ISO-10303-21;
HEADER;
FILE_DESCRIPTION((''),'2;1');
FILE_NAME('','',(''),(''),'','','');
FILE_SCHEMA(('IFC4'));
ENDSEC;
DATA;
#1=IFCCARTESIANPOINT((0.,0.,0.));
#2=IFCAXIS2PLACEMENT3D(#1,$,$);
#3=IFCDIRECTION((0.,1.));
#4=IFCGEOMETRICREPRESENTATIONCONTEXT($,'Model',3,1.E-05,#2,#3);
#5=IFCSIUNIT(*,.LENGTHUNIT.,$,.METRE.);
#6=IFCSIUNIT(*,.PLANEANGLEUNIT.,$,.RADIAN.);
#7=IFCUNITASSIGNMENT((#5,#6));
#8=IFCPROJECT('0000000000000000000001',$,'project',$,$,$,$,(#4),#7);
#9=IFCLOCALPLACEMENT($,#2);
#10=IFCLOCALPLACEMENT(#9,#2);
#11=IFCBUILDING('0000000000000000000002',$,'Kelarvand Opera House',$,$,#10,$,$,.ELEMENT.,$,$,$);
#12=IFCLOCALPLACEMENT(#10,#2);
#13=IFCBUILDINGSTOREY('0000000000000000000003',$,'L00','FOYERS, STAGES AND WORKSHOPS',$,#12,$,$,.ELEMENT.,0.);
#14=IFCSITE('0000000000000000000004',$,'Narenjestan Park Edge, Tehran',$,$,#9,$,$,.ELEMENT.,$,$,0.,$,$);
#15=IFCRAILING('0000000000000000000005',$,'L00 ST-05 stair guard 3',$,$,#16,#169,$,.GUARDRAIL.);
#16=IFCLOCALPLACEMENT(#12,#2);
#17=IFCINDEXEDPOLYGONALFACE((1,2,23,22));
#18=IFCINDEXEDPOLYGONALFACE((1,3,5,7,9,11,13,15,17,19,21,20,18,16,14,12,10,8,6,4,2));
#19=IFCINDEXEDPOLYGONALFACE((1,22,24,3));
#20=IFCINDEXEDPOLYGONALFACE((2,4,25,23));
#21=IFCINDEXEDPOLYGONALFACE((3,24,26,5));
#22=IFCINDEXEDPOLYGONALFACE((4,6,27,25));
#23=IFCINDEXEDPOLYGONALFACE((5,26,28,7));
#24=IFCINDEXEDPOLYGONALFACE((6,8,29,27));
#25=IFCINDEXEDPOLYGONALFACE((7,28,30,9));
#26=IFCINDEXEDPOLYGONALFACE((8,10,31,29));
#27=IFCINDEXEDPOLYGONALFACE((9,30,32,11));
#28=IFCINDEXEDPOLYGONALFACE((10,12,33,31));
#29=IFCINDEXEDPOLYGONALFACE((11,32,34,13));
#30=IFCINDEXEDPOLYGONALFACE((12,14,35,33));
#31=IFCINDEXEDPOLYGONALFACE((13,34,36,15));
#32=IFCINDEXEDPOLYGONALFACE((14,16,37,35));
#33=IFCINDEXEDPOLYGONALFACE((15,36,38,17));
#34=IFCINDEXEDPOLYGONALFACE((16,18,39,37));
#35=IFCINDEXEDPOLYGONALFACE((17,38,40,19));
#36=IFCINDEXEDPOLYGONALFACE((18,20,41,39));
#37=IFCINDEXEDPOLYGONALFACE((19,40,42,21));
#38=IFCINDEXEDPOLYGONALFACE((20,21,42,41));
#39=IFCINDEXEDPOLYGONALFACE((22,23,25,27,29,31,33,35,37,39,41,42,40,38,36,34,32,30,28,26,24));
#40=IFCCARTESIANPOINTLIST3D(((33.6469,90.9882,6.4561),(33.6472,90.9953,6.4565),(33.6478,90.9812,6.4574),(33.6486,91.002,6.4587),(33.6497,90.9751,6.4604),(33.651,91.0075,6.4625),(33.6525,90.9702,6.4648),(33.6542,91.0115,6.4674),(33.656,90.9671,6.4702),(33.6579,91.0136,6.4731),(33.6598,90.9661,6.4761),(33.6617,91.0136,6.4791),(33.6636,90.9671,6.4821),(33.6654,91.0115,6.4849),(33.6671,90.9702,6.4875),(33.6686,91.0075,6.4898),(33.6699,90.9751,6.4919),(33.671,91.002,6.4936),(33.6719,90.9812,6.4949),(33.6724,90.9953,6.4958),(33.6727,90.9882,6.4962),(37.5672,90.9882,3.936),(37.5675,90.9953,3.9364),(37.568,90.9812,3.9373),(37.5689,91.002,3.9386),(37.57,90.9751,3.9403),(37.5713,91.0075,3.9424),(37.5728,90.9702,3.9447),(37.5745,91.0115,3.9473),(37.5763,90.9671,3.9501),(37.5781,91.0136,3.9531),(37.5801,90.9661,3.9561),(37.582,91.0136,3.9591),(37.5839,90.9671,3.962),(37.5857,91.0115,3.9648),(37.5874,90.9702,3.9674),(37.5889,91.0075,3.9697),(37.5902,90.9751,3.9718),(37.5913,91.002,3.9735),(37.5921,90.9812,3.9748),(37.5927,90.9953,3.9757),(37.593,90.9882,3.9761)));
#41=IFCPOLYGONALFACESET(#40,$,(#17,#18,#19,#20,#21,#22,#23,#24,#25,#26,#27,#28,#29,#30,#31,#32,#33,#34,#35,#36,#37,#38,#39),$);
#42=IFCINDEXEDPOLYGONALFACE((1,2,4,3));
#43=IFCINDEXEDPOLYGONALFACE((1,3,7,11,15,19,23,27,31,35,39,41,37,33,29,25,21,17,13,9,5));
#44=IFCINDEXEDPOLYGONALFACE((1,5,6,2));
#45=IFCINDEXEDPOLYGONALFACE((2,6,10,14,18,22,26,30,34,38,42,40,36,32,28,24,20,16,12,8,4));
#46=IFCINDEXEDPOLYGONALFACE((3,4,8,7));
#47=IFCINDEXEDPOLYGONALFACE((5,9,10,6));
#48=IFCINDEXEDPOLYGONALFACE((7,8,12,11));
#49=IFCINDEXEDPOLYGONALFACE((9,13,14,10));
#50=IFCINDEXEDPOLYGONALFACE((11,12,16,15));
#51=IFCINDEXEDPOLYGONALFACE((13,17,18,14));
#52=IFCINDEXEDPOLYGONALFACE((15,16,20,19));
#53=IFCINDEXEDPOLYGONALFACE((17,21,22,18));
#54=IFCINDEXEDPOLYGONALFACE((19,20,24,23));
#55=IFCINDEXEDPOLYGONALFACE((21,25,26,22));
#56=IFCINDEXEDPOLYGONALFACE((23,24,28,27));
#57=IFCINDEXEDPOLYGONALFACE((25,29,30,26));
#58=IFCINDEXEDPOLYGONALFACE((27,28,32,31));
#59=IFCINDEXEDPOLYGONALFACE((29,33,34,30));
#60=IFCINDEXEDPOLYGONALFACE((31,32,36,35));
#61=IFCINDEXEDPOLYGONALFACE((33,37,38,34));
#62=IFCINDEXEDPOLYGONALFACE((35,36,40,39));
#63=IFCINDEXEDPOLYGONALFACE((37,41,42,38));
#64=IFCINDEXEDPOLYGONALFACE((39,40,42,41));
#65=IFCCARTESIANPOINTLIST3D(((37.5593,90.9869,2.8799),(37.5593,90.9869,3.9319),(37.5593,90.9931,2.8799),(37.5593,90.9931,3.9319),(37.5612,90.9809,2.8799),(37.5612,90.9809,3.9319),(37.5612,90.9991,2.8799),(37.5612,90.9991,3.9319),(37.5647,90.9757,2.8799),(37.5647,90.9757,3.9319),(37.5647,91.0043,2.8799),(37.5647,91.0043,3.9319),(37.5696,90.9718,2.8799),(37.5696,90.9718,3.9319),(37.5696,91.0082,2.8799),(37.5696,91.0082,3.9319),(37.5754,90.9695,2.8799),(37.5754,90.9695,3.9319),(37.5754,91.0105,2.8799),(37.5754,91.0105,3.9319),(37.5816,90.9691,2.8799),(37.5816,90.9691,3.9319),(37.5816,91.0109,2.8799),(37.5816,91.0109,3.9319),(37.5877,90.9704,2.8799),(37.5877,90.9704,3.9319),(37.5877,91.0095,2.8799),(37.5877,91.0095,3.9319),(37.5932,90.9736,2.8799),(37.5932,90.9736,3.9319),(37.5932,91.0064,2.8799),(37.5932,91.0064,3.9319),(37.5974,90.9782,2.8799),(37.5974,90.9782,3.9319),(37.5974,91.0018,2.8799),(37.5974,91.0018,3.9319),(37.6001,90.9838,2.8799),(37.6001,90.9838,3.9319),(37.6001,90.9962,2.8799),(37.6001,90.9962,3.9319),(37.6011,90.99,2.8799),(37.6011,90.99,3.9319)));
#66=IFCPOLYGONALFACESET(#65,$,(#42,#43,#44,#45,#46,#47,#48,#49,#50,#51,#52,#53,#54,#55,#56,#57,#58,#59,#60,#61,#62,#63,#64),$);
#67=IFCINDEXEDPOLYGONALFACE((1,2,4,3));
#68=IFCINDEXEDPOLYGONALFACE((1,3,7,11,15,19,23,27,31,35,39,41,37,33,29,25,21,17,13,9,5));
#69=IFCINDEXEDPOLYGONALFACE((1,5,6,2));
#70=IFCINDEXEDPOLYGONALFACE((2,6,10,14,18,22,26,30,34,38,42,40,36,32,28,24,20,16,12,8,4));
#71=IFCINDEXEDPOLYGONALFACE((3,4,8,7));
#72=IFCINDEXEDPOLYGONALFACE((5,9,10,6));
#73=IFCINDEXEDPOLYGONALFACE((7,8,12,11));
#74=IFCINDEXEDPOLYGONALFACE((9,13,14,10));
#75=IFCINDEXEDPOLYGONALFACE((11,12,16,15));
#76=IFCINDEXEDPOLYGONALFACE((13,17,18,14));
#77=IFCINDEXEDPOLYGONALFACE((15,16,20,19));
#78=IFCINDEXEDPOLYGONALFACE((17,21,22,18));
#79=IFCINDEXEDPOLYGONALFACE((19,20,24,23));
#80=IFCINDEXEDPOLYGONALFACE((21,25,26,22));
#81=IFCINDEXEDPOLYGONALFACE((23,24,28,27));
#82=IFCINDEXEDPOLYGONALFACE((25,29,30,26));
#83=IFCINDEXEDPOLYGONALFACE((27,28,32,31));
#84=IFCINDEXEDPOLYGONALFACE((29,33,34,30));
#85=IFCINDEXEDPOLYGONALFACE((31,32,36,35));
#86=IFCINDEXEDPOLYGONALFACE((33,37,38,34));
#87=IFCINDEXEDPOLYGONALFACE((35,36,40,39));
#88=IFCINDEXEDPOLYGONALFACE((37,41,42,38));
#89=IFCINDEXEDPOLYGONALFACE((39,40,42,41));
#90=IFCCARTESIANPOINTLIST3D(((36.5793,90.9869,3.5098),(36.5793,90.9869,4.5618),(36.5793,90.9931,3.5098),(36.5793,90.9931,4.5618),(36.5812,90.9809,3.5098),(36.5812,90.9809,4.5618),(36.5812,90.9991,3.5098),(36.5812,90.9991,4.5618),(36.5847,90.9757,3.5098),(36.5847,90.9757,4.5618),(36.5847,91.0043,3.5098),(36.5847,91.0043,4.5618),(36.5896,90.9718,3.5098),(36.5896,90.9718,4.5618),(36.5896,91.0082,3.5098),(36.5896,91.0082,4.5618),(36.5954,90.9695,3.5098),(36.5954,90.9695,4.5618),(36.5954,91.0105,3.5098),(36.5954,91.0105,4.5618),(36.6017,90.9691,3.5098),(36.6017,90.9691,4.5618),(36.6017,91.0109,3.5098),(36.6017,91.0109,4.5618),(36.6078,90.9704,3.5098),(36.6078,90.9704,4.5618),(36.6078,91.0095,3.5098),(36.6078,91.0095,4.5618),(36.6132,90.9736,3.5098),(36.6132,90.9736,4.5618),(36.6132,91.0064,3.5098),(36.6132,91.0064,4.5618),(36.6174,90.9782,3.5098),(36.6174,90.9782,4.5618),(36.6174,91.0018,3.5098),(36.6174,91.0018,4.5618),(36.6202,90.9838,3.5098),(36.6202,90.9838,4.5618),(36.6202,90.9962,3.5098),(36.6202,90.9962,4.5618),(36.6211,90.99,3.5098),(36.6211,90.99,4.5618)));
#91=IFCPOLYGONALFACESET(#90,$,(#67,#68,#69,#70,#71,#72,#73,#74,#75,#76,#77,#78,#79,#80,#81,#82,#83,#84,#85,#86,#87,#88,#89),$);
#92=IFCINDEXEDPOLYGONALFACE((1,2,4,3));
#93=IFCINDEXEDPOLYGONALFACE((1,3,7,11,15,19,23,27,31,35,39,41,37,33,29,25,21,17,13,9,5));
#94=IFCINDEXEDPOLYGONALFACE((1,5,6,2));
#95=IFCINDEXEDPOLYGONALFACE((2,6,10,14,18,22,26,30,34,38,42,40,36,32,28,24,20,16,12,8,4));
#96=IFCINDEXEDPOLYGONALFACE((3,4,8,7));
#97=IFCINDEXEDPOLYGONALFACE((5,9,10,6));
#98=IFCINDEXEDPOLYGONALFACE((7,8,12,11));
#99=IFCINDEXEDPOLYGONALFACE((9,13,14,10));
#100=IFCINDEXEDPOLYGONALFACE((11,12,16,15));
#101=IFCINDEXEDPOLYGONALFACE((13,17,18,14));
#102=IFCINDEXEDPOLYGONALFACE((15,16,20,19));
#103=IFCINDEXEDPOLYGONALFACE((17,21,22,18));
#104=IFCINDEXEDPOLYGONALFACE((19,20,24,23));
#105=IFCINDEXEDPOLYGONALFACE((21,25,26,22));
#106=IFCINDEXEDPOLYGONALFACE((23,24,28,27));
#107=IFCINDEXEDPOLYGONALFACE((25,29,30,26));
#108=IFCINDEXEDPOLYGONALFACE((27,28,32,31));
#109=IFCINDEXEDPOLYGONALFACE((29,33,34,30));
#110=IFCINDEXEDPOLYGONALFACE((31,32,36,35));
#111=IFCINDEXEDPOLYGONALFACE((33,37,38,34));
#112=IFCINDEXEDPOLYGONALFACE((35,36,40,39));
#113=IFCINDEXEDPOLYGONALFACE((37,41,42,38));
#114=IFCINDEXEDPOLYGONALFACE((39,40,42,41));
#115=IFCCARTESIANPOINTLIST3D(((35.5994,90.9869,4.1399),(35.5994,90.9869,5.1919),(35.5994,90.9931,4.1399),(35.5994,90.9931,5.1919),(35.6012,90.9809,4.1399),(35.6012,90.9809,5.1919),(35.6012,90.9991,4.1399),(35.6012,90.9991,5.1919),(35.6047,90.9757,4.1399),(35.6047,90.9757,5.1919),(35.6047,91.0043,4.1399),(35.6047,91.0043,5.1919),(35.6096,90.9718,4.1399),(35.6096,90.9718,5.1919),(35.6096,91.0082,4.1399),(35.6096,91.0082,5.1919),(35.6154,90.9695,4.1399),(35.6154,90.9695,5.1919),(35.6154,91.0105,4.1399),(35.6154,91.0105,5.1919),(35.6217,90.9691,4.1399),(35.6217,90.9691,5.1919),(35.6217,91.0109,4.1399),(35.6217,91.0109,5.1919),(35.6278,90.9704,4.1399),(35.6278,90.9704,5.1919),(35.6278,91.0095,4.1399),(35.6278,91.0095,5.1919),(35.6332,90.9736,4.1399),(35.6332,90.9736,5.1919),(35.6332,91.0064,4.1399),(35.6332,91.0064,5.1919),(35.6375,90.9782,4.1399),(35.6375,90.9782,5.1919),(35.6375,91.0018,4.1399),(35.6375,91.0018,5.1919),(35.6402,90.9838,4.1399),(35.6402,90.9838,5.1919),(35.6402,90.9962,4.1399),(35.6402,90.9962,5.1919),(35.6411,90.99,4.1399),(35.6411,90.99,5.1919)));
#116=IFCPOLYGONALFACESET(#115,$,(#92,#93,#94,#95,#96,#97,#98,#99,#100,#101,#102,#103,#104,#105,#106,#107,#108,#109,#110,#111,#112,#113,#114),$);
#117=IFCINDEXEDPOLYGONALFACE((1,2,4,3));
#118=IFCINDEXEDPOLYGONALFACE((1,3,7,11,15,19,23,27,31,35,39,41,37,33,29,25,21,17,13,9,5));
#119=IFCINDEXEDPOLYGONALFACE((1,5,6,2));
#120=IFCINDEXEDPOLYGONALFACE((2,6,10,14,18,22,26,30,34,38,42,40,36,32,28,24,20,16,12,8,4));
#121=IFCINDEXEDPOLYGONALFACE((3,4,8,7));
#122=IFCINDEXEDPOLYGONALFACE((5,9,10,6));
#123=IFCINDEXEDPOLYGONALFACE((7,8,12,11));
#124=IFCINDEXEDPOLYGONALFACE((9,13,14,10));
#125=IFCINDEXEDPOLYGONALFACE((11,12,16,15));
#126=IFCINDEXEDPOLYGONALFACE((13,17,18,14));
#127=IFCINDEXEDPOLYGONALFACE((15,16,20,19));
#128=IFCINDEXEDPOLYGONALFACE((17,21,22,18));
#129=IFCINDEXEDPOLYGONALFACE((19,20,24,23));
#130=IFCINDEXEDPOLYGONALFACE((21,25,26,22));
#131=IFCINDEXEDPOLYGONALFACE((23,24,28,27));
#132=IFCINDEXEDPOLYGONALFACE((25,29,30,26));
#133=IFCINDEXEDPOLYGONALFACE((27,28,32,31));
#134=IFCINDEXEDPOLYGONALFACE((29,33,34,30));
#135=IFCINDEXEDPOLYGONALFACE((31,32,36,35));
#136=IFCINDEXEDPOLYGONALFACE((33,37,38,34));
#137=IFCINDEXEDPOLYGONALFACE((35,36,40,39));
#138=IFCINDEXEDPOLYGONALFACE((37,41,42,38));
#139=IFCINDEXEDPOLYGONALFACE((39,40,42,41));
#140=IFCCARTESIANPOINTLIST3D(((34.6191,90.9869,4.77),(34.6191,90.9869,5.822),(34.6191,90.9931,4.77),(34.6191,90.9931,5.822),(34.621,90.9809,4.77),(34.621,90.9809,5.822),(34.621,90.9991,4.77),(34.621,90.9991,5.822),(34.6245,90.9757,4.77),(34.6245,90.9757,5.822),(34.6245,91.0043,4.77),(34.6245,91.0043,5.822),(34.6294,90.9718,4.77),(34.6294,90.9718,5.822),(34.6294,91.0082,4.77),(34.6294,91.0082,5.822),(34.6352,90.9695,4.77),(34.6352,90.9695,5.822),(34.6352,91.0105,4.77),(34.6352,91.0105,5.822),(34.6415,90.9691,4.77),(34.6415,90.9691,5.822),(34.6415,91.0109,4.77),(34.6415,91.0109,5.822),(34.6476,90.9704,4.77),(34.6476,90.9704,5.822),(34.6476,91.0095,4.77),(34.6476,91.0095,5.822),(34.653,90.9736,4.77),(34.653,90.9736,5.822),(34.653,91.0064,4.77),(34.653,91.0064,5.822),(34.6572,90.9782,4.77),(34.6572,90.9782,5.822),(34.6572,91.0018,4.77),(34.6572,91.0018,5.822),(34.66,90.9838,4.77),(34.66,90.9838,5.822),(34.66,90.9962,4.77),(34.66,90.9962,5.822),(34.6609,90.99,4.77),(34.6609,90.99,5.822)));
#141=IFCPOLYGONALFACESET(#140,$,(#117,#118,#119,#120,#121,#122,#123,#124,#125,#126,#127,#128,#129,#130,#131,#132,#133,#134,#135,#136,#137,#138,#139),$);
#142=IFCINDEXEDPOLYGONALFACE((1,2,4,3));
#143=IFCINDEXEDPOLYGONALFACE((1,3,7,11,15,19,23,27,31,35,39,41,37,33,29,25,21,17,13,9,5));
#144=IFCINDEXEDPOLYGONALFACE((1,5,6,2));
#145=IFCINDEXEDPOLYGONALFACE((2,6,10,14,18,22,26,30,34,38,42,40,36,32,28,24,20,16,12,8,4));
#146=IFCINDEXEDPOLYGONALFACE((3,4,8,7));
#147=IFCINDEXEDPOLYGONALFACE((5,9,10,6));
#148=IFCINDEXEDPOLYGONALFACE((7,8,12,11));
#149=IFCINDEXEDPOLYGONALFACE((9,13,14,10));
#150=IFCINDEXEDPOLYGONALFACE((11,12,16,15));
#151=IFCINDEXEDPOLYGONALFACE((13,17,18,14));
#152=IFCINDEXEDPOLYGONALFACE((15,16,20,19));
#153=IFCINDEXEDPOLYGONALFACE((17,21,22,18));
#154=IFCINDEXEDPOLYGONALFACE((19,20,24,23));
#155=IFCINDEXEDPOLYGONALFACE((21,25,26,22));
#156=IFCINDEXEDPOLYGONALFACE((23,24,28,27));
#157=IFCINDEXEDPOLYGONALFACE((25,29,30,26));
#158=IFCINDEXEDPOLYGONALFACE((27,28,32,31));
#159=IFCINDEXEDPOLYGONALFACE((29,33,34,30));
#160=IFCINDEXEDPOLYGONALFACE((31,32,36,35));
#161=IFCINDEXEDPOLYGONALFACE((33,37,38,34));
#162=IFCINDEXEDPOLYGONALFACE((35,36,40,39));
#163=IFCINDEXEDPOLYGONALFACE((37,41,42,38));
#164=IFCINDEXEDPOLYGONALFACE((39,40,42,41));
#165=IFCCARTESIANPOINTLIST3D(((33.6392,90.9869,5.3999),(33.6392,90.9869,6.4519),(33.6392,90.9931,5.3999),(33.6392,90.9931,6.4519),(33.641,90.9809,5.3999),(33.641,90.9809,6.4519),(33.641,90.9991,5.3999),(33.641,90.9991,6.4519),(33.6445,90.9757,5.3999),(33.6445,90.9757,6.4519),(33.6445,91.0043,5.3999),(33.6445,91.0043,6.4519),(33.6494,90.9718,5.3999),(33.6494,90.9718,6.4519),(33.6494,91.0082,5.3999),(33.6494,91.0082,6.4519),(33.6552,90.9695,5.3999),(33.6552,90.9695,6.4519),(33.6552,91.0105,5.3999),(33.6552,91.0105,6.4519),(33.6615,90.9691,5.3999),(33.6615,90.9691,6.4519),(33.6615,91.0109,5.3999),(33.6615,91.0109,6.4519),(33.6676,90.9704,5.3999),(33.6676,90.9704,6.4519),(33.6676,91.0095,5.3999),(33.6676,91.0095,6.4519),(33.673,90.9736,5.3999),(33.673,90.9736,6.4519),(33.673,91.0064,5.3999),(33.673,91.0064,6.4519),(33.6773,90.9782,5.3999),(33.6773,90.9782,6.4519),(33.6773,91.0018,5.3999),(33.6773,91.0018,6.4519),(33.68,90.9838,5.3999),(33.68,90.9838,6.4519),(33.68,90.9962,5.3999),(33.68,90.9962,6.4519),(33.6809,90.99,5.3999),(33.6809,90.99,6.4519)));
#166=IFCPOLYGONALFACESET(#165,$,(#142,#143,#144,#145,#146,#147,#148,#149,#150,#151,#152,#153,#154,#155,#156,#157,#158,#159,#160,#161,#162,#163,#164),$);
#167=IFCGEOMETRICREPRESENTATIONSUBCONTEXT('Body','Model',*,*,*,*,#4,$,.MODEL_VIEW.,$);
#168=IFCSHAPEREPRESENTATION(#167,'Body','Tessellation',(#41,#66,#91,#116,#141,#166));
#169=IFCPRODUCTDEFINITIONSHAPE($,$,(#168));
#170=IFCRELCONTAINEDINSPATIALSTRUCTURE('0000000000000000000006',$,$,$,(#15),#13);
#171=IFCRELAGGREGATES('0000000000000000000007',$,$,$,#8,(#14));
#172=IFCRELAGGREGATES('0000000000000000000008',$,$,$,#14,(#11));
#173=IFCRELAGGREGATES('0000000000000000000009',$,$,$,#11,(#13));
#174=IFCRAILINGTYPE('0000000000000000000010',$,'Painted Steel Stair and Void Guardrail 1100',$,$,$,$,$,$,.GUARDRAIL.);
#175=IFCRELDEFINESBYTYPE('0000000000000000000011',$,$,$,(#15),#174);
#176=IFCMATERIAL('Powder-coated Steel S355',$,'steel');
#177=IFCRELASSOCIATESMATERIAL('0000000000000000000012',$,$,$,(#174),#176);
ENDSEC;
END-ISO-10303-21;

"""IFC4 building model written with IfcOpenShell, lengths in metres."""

from ifc_helpers import new_model, si_unit, direction, frame, origin, origin_2d, place, context, subcontext, project, spatial, circle, extrude, material, type_object, element, save


model = new_model("IFC4")

# Units and contexts
model_context = context("Model", 3, precision=1e-05, world=origin(), true_north=direction((0.0, 1.0)))
body_context = subcontext(model_context, "Body", "Model", "MODEL_VIEW")
ifc_project = project(units=[si_unit("LENGTHUNIT", "METRE"), si_unit("PLANEANGLEUNIT", "RADIAN")], contexts=[model_context])

# Site, building, storey
site_placement = place(None, origin())
site = spatial("IfcSite", under=ifc_project, at=site_placement, Name="Narenjestan Park Edge, Tehran", CompositionType="ELEMENT", RefElevation=0.0)
building_placement = place(site_placement, origin())
building = spatial("IfcBuilding", under=site, at=building_placement, Name="Kelarvand Opera House", CompositionType="ELEMENT")
storey_placement = place(building_placement, origin())
storey = spatial("IfcBuildingStorey", under=building, at=storey_placement, Name="L00", Description="FOYERS, STAGES AND WORKSHOPS", CompositionType="ELEMENT", Elevation=0.0)

# Railing
ifc_material_1 = material(Name="Powder-coated Steel S355", Category="steel")
railing_type_1 = type_object("IfcRailingType", Name="Painted Steel Stair and Void Guardrail 1100", PredefinedType="GUARDRAIL", material=ifc_material_1)
railing_1_placement = place(storey_placement, frame((37.5801, 90.99, 2.8799)))
element("IfcRailing", 1, at=railing_1_placement, inside=storey, type_object=railing_type_1, Name="L00 ST-05 stair guard 3", PredefinedType="GUARDRAIL", context=body_context, shape_type="SweptSolid", body=[
    extrude(circle(Radius=0.0239, at=origin_2d()), frame((0.0, 0.0, 1.0762), z_axis=(-0.841187, 0.0, 0.540744), x_axis=(0.0, -1.0, 0.0)), (0.0, 0.0, 1.0), 4.6604),
    extrude(circle(Radius=0.021, at=origin_2d()), origin(), (0.0, 0.0, 1.0), 1.052),
    extrude(circle(Radius=0.021, at=origin_2d()), frame((-0.98, 0.0, 0.6299)), (0.0, 0.0, 1.0), 1.052),
    extrude(circle(Radius=0.021, at=origin_2d()), frame((-1.96, 0.0, 1.26)), (0.0, 0.0, 1.0), 1.052),
    extrude(circle(Radius=0.021, at=origin_2d()), frame((-2.9402, 0.0, 1.8901)), (0.0, 0.0, 1.0), 1.052),
    extrude(circle(Radius=0.021, at=origin_2d()), frame((-3.9202, 0.0, 2.52)), (0.0, 0.0, 1.0), 1.052),
])

save(model, "model.ifc")
